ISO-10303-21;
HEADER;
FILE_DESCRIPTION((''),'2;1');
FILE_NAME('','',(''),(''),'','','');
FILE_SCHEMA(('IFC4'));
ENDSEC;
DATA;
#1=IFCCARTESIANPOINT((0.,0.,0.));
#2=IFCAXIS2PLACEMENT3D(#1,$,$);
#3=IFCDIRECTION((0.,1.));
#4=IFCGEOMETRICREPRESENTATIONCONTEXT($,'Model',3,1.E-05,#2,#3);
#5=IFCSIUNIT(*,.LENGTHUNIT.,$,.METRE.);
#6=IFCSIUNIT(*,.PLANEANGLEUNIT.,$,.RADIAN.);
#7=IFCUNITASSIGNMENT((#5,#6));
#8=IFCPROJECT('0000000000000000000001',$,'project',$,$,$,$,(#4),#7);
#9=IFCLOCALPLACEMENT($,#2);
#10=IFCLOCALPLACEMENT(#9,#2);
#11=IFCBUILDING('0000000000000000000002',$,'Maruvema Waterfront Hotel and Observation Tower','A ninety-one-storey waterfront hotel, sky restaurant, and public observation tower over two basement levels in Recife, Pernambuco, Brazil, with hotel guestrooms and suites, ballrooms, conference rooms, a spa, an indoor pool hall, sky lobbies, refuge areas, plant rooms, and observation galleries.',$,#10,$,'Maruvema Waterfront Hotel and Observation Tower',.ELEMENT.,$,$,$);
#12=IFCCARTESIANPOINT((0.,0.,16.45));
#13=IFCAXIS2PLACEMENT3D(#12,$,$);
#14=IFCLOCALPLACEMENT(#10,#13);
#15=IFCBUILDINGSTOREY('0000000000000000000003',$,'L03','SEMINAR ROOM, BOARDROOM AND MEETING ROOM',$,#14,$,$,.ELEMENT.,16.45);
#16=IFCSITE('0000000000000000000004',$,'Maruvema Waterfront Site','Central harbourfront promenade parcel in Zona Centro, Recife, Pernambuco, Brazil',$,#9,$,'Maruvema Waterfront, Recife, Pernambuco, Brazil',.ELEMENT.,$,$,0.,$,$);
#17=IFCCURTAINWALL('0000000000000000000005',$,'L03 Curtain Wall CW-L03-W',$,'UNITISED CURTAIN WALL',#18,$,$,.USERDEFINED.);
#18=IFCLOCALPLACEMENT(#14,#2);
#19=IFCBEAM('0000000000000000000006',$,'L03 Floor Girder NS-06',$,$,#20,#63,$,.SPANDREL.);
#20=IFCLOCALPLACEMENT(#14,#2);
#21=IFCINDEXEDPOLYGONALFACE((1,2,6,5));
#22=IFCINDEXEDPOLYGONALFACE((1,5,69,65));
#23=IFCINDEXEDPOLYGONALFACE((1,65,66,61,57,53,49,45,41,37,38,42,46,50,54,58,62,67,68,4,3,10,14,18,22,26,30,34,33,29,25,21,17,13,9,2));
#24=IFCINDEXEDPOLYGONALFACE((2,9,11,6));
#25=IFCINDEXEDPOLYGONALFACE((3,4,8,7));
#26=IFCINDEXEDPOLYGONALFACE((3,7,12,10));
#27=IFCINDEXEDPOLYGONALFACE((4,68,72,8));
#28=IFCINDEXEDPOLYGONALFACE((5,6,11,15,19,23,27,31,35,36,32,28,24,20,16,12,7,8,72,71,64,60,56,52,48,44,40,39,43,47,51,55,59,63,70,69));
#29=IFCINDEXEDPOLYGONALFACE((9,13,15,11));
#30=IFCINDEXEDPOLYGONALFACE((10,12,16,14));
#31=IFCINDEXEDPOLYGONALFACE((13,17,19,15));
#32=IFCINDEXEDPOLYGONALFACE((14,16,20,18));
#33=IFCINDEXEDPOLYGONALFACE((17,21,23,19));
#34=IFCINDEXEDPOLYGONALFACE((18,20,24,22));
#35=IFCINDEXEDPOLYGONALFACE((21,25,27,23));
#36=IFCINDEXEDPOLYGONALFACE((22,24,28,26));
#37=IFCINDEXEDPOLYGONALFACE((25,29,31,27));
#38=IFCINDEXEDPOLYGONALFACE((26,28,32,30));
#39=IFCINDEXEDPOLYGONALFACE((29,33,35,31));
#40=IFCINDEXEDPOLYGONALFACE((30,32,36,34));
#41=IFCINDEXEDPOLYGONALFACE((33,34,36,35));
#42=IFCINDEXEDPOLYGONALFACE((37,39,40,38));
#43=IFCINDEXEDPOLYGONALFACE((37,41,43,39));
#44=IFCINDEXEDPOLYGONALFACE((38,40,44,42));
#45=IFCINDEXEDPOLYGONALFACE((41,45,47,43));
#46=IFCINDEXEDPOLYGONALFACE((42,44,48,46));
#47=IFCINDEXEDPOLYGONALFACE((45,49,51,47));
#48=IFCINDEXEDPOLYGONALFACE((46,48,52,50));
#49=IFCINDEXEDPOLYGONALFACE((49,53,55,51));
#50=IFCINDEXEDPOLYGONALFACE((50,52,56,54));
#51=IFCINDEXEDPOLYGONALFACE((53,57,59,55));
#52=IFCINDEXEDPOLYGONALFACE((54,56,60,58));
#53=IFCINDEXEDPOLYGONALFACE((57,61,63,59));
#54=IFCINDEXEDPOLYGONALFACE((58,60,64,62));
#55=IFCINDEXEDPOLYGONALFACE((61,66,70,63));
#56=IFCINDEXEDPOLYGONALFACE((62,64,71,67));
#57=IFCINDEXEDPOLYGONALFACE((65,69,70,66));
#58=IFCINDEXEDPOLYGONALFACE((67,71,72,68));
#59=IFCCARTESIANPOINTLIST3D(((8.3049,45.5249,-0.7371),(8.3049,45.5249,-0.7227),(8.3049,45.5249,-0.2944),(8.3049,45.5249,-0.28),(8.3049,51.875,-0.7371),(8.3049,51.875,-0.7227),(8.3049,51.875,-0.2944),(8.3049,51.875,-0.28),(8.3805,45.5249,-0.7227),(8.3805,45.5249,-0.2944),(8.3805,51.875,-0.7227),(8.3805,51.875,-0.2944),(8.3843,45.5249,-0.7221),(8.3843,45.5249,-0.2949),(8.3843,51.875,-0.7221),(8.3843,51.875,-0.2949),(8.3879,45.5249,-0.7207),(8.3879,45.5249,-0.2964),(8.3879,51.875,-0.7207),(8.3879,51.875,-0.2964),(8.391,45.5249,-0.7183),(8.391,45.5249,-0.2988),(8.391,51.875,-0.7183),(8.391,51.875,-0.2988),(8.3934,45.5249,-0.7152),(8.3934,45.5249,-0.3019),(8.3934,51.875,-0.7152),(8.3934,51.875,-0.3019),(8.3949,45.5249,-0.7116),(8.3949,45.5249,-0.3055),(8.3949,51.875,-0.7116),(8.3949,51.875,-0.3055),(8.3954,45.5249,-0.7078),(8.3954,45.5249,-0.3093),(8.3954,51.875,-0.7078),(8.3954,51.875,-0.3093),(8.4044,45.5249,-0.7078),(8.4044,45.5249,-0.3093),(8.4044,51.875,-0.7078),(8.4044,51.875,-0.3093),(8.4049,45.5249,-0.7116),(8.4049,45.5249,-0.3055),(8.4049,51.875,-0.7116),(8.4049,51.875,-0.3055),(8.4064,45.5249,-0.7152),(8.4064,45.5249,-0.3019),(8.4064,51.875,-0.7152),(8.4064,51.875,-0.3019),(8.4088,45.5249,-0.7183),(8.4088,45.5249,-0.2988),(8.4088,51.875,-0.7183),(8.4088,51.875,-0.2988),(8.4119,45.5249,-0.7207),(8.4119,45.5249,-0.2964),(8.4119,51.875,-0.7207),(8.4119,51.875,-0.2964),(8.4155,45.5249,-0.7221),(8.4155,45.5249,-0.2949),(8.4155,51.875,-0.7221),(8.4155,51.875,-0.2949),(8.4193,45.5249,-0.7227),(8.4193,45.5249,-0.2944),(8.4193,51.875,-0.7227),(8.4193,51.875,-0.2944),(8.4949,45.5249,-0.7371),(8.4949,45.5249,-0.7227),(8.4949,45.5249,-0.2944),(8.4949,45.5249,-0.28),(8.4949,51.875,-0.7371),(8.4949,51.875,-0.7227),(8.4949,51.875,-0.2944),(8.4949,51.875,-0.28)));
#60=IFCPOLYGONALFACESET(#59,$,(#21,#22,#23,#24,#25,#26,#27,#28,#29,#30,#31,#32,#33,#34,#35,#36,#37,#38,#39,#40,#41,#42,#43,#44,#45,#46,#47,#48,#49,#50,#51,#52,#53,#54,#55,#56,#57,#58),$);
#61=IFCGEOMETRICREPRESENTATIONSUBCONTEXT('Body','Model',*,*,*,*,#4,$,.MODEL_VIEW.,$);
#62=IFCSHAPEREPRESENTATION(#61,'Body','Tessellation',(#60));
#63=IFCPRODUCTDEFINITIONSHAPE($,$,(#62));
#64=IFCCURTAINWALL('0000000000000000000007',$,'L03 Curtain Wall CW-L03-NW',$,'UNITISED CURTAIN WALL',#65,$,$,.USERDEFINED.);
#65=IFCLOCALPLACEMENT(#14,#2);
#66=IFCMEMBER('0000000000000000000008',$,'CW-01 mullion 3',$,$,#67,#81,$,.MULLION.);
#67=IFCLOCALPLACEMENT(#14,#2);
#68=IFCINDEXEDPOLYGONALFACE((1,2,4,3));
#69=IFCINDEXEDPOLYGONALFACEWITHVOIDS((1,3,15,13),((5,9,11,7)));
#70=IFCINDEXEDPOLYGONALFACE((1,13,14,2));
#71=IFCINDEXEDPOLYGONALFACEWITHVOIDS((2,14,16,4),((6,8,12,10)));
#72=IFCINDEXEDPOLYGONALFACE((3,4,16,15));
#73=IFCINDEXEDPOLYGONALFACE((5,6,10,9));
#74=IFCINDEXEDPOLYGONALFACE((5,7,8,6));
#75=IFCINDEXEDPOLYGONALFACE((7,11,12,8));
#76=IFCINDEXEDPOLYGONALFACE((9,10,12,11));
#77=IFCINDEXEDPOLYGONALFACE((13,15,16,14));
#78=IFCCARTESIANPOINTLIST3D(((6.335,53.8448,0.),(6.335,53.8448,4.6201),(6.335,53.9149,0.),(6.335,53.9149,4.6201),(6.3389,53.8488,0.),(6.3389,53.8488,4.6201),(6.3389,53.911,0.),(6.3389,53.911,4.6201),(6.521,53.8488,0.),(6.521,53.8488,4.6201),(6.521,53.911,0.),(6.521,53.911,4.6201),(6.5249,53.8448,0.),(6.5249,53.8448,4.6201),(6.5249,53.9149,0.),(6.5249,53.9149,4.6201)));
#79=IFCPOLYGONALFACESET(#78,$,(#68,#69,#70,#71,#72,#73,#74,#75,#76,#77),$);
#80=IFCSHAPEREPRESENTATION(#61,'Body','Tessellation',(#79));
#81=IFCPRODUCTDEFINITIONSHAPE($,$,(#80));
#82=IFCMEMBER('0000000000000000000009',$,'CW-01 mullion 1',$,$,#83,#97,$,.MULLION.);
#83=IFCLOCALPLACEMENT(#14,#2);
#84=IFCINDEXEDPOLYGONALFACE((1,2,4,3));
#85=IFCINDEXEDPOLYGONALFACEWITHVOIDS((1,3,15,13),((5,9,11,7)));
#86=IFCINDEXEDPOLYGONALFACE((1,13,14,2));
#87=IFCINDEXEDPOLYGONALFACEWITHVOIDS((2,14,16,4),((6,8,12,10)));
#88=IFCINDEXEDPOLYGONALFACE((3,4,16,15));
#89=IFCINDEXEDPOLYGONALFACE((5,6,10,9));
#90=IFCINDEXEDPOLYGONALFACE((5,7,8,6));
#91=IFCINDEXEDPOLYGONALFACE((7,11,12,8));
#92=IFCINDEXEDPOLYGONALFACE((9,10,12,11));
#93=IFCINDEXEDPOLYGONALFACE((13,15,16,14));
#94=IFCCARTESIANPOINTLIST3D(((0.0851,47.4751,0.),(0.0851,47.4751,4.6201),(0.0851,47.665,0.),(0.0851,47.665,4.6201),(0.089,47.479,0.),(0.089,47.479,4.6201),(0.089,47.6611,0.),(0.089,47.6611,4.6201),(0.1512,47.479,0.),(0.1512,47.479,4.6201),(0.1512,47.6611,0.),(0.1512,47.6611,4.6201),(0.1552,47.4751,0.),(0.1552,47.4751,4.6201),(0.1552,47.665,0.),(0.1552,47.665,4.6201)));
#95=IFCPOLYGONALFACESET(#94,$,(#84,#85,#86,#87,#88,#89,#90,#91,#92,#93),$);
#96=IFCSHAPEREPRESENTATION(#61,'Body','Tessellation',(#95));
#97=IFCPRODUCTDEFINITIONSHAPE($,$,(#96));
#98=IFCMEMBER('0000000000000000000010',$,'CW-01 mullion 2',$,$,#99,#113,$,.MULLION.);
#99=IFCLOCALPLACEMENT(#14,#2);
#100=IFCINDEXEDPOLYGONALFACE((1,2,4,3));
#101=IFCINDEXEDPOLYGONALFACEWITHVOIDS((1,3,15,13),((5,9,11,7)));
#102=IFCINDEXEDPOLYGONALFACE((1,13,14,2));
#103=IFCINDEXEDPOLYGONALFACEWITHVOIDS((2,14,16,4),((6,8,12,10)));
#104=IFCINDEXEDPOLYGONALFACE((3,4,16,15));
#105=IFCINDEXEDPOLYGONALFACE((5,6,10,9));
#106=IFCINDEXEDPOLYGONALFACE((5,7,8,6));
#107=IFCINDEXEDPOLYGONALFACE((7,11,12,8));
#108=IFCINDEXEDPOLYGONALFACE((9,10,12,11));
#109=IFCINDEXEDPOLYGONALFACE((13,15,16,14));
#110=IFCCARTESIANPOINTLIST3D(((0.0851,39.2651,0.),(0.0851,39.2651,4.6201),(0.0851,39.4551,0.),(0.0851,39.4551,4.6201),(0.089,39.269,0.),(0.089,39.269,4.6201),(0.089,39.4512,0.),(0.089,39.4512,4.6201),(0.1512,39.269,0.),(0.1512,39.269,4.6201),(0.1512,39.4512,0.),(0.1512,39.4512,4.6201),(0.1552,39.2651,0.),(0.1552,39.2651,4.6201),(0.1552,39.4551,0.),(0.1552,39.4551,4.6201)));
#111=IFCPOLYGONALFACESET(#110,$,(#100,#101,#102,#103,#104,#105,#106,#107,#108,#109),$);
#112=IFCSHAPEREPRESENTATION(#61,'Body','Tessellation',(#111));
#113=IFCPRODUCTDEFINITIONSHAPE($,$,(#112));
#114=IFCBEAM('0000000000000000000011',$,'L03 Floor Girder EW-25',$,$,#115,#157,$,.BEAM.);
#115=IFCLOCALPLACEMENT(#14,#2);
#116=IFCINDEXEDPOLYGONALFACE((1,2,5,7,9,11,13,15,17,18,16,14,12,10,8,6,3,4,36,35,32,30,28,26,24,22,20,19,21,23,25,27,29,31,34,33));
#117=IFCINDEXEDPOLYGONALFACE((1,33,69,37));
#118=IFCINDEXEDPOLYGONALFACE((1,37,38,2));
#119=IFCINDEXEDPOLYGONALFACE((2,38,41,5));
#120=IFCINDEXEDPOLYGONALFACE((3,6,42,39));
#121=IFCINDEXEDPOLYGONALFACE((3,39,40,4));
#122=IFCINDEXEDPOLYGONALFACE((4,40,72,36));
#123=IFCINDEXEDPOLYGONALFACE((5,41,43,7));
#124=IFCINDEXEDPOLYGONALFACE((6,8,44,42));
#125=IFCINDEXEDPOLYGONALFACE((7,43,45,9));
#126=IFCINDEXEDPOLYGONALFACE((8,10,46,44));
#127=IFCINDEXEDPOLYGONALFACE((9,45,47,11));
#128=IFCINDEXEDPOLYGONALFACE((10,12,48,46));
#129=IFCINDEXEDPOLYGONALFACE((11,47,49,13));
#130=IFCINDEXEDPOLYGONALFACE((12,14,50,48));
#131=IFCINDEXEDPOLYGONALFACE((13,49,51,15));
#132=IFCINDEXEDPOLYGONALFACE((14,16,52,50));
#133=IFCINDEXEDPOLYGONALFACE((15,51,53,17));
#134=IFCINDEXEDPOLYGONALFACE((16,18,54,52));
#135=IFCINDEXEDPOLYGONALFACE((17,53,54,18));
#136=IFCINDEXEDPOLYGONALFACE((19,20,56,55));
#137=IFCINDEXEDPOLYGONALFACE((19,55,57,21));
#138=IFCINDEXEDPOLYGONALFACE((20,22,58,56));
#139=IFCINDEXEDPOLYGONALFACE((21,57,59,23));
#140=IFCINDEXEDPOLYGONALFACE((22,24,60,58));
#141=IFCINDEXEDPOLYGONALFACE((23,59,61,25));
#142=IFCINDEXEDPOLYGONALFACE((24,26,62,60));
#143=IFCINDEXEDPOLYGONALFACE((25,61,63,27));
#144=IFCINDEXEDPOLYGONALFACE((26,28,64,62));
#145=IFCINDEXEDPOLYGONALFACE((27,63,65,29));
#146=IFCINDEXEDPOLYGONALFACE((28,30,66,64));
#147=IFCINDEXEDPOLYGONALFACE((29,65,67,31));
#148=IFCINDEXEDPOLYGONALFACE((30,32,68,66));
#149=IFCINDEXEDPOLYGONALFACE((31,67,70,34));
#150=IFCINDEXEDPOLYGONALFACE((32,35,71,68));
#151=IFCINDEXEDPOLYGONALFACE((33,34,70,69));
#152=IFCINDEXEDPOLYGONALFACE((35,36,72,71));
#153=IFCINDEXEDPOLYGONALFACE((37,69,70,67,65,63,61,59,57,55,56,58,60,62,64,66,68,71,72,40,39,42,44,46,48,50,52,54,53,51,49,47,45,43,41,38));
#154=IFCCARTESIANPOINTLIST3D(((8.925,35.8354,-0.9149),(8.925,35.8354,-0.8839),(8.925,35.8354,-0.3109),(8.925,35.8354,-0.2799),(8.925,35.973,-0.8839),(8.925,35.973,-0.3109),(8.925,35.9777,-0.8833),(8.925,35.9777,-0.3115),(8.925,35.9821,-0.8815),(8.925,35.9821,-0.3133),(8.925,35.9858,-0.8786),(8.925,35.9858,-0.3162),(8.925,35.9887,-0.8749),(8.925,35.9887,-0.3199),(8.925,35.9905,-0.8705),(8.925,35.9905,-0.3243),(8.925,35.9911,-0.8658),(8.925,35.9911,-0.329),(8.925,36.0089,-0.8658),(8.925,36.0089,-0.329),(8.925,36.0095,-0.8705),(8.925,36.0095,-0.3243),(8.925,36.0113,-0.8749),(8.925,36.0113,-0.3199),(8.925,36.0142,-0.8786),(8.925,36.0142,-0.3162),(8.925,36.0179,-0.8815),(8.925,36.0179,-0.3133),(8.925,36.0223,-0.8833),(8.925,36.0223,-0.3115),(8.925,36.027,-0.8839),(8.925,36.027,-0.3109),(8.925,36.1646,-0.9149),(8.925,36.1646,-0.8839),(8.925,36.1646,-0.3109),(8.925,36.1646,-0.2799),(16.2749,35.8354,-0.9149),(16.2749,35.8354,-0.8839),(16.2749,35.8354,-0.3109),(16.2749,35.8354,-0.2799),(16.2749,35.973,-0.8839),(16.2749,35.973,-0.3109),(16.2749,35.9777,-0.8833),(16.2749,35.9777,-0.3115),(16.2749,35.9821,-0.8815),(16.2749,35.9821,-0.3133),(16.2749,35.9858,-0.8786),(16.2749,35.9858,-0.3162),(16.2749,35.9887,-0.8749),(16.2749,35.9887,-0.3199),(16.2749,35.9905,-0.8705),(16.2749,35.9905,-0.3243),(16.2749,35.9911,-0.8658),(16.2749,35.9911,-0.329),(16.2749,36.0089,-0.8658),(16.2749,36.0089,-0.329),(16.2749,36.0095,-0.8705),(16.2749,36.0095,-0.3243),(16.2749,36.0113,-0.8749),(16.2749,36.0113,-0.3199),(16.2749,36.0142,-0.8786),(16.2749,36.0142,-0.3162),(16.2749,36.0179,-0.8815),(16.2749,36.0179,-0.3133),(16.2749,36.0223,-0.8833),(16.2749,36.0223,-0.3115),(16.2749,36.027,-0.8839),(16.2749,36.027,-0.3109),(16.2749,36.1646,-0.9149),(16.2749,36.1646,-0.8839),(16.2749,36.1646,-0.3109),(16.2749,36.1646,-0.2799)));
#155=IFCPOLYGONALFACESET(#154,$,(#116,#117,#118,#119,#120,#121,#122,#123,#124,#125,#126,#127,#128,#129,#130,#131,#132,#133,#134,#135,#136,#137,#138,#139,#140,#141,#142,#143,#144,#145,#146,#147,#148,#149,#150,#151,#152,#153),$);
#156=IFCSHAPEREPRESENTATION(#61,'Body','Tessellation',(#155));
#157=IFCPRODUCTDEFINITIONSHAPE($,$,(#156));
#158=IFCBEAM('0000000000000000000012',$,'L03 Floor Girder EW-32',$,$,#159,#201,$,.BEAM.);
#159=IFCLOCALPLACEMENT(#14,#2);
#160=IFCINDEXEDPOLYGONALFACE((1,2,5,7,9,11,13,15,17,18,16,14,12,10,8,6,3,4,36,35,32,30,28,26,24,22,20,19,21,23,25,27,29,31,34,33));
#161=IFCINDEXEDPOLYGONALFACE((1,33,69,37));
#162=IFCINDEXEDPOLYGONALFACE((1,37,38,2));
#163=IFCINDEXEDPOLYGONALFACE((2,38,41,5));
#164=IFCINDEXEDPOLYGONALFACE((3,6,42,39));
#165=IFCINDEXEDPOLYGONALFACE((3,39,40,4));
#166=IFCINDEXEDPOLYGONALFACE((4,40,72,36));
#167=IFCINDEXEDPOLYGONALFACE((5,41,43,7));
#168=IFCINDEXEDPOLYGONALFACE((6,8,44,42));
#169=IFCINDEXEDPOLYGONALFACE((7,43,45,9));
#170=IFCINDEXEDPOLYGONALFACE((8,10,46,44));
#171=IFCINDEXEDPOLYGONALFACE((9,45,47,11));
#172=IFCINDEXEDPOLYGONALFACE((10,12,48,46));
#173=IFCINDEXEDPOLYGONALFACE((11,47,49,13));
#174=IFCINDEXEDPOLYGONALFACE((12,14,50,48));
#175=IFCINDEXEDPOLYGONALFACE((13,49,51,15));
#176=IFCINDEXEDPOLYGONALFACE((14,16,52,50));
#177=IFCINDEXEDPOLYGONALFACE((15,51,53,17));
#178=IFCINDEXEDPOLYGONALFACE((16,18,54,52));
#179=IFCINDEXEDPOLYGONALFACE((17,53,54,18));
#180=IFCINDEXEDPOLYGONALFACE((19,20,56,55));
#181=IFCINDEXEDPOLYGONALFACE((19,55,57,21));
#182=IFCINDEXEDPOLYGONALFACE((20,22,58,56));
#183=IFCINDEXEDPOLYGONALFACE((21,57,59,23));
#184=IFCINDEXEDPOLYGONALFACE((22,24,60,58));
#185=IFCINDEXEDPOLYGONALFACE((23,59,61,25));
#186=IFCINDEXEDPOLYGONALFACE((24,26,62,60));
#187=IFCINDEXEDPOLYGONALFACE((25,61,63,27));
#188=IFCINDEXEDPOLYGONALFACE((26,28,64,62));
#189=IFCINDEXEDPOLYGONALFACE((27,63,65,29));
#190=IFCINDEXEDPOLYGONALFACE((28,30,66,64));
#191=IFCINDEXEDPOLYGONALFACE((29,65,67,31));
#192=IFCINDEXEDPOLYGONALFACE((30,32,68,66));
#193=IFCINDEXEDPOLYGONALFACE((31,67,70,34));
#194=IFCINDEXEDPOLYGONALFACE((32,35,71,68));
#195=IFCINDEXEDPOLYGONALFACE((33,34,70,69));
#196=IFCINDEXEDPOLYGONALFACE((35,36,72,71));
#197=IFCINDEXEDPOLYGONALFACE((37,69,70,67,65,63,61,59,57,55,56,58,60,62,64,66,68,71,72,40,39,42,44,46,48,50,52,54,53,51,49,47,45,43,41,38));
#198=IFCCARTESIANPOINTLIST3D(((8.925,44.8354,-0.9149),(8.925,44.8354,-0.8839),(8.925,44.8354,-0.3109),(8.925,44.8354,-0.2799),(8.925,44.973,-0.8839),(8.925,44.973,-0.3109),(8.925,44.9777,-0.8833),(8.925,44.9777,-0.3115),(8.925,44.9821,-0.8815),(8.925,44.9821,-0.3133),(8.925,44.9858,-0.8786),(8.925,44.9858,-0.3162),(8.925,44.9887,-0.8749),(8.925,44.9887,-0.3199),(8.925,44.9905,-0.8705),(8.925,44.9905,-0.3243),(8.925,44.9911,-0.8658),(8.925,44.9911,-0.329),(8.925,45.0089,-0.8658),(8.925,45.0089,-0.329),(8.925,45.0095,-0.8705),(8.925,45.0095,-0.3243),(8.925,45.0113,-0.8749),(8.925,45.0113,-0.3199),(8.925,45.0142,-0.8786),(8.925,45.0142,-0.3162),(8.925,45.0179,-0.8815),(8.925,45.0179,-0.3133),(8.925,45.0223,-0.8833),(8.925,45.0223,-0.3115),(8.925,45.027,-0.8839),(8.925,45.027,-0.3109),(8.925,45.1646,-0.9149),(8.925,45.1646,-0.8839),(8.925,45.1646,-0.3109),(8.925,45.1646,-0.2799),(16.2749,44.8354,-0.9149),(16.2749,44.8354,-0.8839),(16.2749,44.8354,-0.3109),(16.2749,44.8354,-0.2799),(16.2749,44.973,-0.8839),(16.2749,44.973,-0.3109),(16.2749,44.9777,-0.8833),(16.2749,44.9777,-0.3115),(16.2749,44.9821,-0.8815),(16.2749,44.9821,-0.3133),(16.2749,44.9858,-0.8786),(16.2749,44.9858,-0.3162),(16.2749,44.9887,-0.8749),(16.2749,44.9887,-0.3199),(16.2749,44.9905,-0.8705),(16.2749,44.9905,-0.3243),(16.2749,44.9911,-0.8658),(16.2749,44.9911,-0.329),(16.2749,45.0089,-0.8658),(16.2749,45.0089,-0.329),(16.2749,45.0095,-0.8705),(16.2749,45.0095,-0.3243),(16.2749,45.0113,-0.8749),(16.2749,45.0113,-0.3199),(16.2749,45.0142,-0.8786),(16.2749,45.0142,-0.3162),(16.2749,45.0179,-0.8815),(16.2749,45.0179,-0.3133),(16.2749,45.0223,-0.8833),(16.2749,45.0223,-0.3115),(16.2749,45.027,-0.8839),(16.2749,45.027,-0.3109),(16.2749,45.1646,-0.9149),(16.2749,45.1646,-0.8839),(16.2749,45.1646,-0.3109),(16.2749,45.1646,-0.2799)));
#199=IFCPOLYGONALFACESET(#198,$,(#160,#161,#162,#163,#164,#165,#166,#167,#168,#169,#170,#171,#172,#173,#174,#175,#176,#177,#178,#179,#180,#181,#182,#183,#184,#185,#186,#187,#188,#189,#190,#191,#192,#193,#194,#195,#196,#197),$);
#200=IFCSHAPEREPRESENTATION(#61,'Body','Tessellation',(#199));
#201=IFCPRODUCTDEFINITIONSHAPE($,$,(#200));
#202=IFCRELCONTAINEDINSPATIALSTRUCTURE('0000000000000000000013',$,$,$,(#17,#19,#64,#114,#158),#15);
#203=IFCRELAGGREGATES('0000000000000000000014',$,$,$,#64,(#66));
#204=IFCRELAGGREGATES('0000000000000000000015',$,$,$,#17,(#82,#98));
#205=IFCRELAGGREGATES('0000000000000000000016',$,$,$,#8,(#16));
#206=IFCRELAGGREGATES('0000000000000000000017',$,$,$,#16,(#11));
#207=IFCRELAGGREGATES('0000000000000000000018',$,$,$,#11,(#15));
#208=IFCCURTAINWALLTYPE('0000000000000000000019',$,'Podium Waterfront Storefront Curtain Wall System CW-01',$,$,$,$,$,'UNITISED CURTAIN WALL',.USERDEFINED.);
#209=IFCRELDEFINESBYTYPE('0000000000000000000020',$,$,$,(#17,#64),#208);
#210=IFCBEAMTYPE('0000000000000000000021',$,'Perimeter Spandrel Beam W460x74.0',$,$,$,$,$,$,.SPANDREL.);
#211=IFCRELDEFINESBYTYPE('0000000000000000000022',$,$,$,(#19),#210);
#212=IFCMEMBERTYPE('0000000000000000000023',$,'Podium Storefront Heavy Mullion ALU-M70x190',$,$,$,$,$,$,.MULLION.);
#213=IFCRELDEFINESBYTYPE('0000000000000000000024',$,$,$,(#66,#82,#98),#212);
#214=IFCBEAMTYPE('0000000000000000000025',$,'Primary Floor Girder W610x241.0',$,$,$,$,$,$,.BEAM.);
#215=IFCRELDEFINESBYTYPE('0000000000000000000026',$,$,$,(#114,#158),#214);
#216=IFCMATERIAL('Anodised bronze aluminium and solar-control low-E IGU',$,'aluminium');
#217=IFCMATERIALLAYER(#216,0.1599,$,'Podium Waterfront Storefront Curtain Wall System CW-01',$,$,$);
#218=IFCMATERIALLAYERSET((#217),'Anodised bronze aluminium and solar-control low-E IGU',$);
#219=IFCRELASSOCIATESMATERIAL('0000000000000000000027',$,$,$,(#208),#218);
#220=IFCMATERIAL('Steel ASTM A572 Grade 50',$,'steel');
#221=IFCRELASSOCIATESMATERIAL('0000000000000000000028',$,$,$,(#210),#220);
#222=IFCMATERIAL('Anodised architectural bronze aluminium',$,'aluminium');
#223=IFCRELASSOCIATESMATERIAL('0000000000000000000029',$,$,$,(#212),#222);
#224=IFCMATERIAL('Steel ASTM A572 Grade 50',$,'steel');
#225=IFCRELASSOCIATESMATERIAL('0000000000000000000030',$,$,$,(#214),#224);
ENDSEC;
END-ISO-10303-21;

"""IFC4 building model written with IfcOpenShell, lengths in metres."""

from ifc_helpers import new_model, si_unit, direction, frame, origin, origin_2d, place, context, subcontext, project, spatial, hollow_rectangle, i_section, extrude, material, layer, layer_set, material_profile, profile_set, type_object, element, aggregate, save


model = new_model("IFC4")

# Units and contexts
model_context = context("Model", 3, precision=1e-05, world=origin(), true_north=direction((0.0, 1.0)))
body_context = subcontext(model_context, "Body", "Model", "MODEL_VIEW")
ifc_project = project(units=[si_unit("LENGTHUNIT", "METRE"), si_unit("PLANEANGLEUNIT", "RADIAN")], contexts=[model_context])

# Site, building, storey
site_placement = place(None, origin())
site = spatial("IfcSite", under=ifc_project, at=site_placement, Name="Maruvema Waterfront Site", Description="Central harbourfront promenade parcel in Zona Centro, Recife, Pernambuco, Brazil", LongName="Maruvema Waterfront, Recife, Pernambuco, Brazil", CompositionType="ELEMENT", RefElevation=0.0)
building_placement = place(site_placement, origin())
building = spatial("IfcBuilding", under=site, at=building_placement, Name="Maruvema Waterfront Hotel and Observation Tower", Description="A ninety-one-storey waterfront hotel, sky restaurant, and public observation tower over two basement levels in Recife, Pernambuco, Brazil, with hotel guestrooms and suites, ballrooms, conference rooms, a spa, an indoor pool hall, sky lobbies, refuge areas, plant rooms, and observation galleries.", LongName="Maruvema Waterfront Hotel and Observation Tower", CompositionType="ELEMENT")
storey_placement = place(building_placement, frame((0.0, 0.0, 16.45)))
storey = spatial("IfcBuildingStorey", under=building, at=storey_placement, Name="L03", Description="SEMINAR ROOM, BOARDROOM AND MEETING ROOM", CompositionType="ELEMENT", Elevation=16.45)

# Curtain wall
ifc_material_1 = material(Name="Anodised bronze aluminium and solar-control low-E IGU", Category="aluminium")
ifc_layer_1 = layer(ifc_material_1, 0.1599, Name="Podium Waterfront Storefront Curtain Wall System CW-01")
ifc_layer_set_1 = layer_set([ifc_layer_1], Name="Anodised bronze aluminium and solar-control low-E IGU")
curtain_wall_type = type_object("IfcCurtainWallType", Name="Podium Waterfront Storefront Curtain Wall System CW-01", ElementType="UNITISED CURTAIN WALL", PredefinedType="USERDEFINED", material=ifc_layer_set_1)
curtain_wall_1_placement = place(storey_placement, origin())
curtain_wall_1 = element("IfcCurtainWall", 1, at=curtain_wall_1_placement, inside=storey, type_object=curtain_wall_type, Name="L03 Curtain Wall CW-L03-W", ObjectType="UNITISED CURTAIN WALL", PredefinedType="USERDEFINED")

# Beam
ifc_material_2 = material(Name="Steel ASTM A572 Grade 50", Category="steel")
ifc_material_profile_1 = material_profile(ifc_material_2, i_section(OverallWidth=0.1899, OverallDepth=0.457, WebThickness=0.009, FlangeThickness=0.0144, FilletRadius=0.0149, at=origin_2d()), Name="W460x74.0")
ifc_profile_set_1 = profile_set([ifc_material_profile_1], Name="Steel ASTM A572 Grade 50")
beam_type_1 = type_object("IfcBeamType", Name="Perimeter Spandrel Beam W460x74.0", PredefinedType="SPANDREL", material=ifc_profile_set_1)
beam_1_placement = place(storey_placement, frame((8.3999, 45.5249, -0.5085), z_axis=(0.0, 1.0, 0.0), x_axis=(-1.0, 0.0, 0.0)))
element("IfcBeam", 2, at=beam_1_placement, inside=storey, type_object=beam_type_1, Name="L03 Floor Girder NS-06", PredefinedType="SPANDREL", context=body_context, shape_type="SweptSolid", body=[
    extrude(i_section(OverallWidth=0.1899, OverallDepth=0.457, WebThickness=0.009, FlangeThickness=0.0144, FilletRadius=0.0149, at=origin_2d()), origin(), (0.0, 0.0, 1.0), 6.3501),
])

# Curtain wall, member
curtain_wall_2_placement = place(storey_placement, origin())
curtain_wall_2 = element("IfcCurtainWall", 3, at=curtain_wall_2_placement, inside=storey, type_object=curtain_wall_type, Name="L03 Curtain Wall CW-L03-NW", ObjectType="UNITISED CURTAIN WALL", PredefinedType="USERDEFINED")
ifc_material_3 = material(Name="Anodised architectural bronze aluminium", Category="aluminium")
ifc_material_profile_2 = material_profile(ifc_material_3, hollow_rectangle(XDim=0.0701, YDim=0.1899, WallThickness=0.0039, at=origin_2d()), Name="ALU-M70x190")
ifc_profile_set_2 = profile_set([ifc_material_profile_2], Name="Anodised architectural bronze aluminium")
member_type_1 = type_object("IfcMemberType", Name="Podium Storefront Heavy Mullion ALU-M70x190", PredefinedType="MULLION", material=ifc_profile_set_2)
member_1_placement = place(storey_placement, frame((6.4299, 53.8799, 0.0), z_axis=(0.0, 0.0, 1.0), x_axis=(0.0, -1.0, 0.0)))
member_1 = element("IfcMember", 4, at=member_1_placement, type_object=member_type_1, Name="CW-01 mullion 3", PredefinedType="MULLION", context=body_context, shape_type="SweptSolid", body=[
    extrude(hollow_rectangle(XDim=0.0701, YDim=0.1899, WallThickness=0.0039, at=origin_2d()), origin(), (0.0, 0.0, 1.0), 4.6201),
])

# Members
member_2_placement = place(storey_placement, frame((0.1201, 47.5701, 0.0), z_axis=(0.0, 0.0, 1.0), x_axis=(1.0, 0.0, 0.0)))
member_2 = element("IfcMember", 5, at=member_2_placement, type_object=member_type_1, Name="CW-01 mullion 1", PredefinedType="MULLION", context=body_context, shape_type="SweptSolid", body=[
    extrude(hollow_rectangle(XDim=0.0701, YDim=0.1899, WallThickness=0.0039, at=origin_2d()), origin(), (0.0, 0.0, 1.0), 4.6201),
])
member_3_placement = place(storey_placement, frame((0.1201, 39.3601, 0.0), z_axis=(0.0, 0.0, 1.0), x_axis=(1.0, 0.0, 0.0)))
member_3 = element("IfcMember", 6, at=member_3_placement, type_object=member_type_1, Name="CW-01 mullion 2", PredefinedType="MULLION", context=body_context, shape_type="SweptSolid", body=[
    extrude(hollow_rectangle(XDim=0.0701, YDim=0.1899, WallThickness=0.0039, at=origin_2d()), origin(), (0.0, 0.0, 1.0), 4.6201),
])

# Beams
ifc_material_4 = material(Name="Steel ASTM A572 Grade 50", Category="steel")
ifc_material_profile_3 = material_profile(ifc_material_4, i_section(OverallWidth=0.3291, OverallDepth=0.635, WebThickness=0.0178, FlangeThickness=0.031, FilletRadius=0.0181, at=origin_2d()), Name="W610x241.0")
ifc_profile_set_3 = profile_set([ifc_material_profile_3], Name="Steel ASTM A572 Grade 50")
beam_type_2 = type_object("IfcBeamType", Name="Primary Floor Girder W610x241.0", PredefinedType="BEAM", material=ifc_profile_set_3)
for number, where, z_axis, x_axis, name in (
    (7, (8.925, 36.0, -0.5974), (1.0, 0.0, 0.0), (0.0, 1.0, 0.0), "L03 Floor Girder EW-25"),
    (8, (8.925, 45.0, -0.5974), (1.0, 0.0, 0.0), (0.0, 1.0, 0.0), "L03 Floor Girder EW-32"),
):
    element("IfcBeam", number, at=place(storey_placement, frame(where, z_axis=z_axis, x_axis=x_axis)), inside=storey, type_object=beam_type_2, Name=name, PredefinedType="BEAM", context=body_context, shape_type="SweptSolid", body=[
        extrude(i_section(OverallWidth=0.3291, OverallDepth=0.635, WebThickness=0.0178, FlangeThickness=0.031, FilletRadius=0.0181, at=origin_2d()), origin(), (0.0, 0.0, 1.0), 7.3499),
    ])

aggregate(curtain_wall_2, [member_1])
aggregate(curtain_wall_1, [member_2, member_3])

save(model, "model.ifc")
